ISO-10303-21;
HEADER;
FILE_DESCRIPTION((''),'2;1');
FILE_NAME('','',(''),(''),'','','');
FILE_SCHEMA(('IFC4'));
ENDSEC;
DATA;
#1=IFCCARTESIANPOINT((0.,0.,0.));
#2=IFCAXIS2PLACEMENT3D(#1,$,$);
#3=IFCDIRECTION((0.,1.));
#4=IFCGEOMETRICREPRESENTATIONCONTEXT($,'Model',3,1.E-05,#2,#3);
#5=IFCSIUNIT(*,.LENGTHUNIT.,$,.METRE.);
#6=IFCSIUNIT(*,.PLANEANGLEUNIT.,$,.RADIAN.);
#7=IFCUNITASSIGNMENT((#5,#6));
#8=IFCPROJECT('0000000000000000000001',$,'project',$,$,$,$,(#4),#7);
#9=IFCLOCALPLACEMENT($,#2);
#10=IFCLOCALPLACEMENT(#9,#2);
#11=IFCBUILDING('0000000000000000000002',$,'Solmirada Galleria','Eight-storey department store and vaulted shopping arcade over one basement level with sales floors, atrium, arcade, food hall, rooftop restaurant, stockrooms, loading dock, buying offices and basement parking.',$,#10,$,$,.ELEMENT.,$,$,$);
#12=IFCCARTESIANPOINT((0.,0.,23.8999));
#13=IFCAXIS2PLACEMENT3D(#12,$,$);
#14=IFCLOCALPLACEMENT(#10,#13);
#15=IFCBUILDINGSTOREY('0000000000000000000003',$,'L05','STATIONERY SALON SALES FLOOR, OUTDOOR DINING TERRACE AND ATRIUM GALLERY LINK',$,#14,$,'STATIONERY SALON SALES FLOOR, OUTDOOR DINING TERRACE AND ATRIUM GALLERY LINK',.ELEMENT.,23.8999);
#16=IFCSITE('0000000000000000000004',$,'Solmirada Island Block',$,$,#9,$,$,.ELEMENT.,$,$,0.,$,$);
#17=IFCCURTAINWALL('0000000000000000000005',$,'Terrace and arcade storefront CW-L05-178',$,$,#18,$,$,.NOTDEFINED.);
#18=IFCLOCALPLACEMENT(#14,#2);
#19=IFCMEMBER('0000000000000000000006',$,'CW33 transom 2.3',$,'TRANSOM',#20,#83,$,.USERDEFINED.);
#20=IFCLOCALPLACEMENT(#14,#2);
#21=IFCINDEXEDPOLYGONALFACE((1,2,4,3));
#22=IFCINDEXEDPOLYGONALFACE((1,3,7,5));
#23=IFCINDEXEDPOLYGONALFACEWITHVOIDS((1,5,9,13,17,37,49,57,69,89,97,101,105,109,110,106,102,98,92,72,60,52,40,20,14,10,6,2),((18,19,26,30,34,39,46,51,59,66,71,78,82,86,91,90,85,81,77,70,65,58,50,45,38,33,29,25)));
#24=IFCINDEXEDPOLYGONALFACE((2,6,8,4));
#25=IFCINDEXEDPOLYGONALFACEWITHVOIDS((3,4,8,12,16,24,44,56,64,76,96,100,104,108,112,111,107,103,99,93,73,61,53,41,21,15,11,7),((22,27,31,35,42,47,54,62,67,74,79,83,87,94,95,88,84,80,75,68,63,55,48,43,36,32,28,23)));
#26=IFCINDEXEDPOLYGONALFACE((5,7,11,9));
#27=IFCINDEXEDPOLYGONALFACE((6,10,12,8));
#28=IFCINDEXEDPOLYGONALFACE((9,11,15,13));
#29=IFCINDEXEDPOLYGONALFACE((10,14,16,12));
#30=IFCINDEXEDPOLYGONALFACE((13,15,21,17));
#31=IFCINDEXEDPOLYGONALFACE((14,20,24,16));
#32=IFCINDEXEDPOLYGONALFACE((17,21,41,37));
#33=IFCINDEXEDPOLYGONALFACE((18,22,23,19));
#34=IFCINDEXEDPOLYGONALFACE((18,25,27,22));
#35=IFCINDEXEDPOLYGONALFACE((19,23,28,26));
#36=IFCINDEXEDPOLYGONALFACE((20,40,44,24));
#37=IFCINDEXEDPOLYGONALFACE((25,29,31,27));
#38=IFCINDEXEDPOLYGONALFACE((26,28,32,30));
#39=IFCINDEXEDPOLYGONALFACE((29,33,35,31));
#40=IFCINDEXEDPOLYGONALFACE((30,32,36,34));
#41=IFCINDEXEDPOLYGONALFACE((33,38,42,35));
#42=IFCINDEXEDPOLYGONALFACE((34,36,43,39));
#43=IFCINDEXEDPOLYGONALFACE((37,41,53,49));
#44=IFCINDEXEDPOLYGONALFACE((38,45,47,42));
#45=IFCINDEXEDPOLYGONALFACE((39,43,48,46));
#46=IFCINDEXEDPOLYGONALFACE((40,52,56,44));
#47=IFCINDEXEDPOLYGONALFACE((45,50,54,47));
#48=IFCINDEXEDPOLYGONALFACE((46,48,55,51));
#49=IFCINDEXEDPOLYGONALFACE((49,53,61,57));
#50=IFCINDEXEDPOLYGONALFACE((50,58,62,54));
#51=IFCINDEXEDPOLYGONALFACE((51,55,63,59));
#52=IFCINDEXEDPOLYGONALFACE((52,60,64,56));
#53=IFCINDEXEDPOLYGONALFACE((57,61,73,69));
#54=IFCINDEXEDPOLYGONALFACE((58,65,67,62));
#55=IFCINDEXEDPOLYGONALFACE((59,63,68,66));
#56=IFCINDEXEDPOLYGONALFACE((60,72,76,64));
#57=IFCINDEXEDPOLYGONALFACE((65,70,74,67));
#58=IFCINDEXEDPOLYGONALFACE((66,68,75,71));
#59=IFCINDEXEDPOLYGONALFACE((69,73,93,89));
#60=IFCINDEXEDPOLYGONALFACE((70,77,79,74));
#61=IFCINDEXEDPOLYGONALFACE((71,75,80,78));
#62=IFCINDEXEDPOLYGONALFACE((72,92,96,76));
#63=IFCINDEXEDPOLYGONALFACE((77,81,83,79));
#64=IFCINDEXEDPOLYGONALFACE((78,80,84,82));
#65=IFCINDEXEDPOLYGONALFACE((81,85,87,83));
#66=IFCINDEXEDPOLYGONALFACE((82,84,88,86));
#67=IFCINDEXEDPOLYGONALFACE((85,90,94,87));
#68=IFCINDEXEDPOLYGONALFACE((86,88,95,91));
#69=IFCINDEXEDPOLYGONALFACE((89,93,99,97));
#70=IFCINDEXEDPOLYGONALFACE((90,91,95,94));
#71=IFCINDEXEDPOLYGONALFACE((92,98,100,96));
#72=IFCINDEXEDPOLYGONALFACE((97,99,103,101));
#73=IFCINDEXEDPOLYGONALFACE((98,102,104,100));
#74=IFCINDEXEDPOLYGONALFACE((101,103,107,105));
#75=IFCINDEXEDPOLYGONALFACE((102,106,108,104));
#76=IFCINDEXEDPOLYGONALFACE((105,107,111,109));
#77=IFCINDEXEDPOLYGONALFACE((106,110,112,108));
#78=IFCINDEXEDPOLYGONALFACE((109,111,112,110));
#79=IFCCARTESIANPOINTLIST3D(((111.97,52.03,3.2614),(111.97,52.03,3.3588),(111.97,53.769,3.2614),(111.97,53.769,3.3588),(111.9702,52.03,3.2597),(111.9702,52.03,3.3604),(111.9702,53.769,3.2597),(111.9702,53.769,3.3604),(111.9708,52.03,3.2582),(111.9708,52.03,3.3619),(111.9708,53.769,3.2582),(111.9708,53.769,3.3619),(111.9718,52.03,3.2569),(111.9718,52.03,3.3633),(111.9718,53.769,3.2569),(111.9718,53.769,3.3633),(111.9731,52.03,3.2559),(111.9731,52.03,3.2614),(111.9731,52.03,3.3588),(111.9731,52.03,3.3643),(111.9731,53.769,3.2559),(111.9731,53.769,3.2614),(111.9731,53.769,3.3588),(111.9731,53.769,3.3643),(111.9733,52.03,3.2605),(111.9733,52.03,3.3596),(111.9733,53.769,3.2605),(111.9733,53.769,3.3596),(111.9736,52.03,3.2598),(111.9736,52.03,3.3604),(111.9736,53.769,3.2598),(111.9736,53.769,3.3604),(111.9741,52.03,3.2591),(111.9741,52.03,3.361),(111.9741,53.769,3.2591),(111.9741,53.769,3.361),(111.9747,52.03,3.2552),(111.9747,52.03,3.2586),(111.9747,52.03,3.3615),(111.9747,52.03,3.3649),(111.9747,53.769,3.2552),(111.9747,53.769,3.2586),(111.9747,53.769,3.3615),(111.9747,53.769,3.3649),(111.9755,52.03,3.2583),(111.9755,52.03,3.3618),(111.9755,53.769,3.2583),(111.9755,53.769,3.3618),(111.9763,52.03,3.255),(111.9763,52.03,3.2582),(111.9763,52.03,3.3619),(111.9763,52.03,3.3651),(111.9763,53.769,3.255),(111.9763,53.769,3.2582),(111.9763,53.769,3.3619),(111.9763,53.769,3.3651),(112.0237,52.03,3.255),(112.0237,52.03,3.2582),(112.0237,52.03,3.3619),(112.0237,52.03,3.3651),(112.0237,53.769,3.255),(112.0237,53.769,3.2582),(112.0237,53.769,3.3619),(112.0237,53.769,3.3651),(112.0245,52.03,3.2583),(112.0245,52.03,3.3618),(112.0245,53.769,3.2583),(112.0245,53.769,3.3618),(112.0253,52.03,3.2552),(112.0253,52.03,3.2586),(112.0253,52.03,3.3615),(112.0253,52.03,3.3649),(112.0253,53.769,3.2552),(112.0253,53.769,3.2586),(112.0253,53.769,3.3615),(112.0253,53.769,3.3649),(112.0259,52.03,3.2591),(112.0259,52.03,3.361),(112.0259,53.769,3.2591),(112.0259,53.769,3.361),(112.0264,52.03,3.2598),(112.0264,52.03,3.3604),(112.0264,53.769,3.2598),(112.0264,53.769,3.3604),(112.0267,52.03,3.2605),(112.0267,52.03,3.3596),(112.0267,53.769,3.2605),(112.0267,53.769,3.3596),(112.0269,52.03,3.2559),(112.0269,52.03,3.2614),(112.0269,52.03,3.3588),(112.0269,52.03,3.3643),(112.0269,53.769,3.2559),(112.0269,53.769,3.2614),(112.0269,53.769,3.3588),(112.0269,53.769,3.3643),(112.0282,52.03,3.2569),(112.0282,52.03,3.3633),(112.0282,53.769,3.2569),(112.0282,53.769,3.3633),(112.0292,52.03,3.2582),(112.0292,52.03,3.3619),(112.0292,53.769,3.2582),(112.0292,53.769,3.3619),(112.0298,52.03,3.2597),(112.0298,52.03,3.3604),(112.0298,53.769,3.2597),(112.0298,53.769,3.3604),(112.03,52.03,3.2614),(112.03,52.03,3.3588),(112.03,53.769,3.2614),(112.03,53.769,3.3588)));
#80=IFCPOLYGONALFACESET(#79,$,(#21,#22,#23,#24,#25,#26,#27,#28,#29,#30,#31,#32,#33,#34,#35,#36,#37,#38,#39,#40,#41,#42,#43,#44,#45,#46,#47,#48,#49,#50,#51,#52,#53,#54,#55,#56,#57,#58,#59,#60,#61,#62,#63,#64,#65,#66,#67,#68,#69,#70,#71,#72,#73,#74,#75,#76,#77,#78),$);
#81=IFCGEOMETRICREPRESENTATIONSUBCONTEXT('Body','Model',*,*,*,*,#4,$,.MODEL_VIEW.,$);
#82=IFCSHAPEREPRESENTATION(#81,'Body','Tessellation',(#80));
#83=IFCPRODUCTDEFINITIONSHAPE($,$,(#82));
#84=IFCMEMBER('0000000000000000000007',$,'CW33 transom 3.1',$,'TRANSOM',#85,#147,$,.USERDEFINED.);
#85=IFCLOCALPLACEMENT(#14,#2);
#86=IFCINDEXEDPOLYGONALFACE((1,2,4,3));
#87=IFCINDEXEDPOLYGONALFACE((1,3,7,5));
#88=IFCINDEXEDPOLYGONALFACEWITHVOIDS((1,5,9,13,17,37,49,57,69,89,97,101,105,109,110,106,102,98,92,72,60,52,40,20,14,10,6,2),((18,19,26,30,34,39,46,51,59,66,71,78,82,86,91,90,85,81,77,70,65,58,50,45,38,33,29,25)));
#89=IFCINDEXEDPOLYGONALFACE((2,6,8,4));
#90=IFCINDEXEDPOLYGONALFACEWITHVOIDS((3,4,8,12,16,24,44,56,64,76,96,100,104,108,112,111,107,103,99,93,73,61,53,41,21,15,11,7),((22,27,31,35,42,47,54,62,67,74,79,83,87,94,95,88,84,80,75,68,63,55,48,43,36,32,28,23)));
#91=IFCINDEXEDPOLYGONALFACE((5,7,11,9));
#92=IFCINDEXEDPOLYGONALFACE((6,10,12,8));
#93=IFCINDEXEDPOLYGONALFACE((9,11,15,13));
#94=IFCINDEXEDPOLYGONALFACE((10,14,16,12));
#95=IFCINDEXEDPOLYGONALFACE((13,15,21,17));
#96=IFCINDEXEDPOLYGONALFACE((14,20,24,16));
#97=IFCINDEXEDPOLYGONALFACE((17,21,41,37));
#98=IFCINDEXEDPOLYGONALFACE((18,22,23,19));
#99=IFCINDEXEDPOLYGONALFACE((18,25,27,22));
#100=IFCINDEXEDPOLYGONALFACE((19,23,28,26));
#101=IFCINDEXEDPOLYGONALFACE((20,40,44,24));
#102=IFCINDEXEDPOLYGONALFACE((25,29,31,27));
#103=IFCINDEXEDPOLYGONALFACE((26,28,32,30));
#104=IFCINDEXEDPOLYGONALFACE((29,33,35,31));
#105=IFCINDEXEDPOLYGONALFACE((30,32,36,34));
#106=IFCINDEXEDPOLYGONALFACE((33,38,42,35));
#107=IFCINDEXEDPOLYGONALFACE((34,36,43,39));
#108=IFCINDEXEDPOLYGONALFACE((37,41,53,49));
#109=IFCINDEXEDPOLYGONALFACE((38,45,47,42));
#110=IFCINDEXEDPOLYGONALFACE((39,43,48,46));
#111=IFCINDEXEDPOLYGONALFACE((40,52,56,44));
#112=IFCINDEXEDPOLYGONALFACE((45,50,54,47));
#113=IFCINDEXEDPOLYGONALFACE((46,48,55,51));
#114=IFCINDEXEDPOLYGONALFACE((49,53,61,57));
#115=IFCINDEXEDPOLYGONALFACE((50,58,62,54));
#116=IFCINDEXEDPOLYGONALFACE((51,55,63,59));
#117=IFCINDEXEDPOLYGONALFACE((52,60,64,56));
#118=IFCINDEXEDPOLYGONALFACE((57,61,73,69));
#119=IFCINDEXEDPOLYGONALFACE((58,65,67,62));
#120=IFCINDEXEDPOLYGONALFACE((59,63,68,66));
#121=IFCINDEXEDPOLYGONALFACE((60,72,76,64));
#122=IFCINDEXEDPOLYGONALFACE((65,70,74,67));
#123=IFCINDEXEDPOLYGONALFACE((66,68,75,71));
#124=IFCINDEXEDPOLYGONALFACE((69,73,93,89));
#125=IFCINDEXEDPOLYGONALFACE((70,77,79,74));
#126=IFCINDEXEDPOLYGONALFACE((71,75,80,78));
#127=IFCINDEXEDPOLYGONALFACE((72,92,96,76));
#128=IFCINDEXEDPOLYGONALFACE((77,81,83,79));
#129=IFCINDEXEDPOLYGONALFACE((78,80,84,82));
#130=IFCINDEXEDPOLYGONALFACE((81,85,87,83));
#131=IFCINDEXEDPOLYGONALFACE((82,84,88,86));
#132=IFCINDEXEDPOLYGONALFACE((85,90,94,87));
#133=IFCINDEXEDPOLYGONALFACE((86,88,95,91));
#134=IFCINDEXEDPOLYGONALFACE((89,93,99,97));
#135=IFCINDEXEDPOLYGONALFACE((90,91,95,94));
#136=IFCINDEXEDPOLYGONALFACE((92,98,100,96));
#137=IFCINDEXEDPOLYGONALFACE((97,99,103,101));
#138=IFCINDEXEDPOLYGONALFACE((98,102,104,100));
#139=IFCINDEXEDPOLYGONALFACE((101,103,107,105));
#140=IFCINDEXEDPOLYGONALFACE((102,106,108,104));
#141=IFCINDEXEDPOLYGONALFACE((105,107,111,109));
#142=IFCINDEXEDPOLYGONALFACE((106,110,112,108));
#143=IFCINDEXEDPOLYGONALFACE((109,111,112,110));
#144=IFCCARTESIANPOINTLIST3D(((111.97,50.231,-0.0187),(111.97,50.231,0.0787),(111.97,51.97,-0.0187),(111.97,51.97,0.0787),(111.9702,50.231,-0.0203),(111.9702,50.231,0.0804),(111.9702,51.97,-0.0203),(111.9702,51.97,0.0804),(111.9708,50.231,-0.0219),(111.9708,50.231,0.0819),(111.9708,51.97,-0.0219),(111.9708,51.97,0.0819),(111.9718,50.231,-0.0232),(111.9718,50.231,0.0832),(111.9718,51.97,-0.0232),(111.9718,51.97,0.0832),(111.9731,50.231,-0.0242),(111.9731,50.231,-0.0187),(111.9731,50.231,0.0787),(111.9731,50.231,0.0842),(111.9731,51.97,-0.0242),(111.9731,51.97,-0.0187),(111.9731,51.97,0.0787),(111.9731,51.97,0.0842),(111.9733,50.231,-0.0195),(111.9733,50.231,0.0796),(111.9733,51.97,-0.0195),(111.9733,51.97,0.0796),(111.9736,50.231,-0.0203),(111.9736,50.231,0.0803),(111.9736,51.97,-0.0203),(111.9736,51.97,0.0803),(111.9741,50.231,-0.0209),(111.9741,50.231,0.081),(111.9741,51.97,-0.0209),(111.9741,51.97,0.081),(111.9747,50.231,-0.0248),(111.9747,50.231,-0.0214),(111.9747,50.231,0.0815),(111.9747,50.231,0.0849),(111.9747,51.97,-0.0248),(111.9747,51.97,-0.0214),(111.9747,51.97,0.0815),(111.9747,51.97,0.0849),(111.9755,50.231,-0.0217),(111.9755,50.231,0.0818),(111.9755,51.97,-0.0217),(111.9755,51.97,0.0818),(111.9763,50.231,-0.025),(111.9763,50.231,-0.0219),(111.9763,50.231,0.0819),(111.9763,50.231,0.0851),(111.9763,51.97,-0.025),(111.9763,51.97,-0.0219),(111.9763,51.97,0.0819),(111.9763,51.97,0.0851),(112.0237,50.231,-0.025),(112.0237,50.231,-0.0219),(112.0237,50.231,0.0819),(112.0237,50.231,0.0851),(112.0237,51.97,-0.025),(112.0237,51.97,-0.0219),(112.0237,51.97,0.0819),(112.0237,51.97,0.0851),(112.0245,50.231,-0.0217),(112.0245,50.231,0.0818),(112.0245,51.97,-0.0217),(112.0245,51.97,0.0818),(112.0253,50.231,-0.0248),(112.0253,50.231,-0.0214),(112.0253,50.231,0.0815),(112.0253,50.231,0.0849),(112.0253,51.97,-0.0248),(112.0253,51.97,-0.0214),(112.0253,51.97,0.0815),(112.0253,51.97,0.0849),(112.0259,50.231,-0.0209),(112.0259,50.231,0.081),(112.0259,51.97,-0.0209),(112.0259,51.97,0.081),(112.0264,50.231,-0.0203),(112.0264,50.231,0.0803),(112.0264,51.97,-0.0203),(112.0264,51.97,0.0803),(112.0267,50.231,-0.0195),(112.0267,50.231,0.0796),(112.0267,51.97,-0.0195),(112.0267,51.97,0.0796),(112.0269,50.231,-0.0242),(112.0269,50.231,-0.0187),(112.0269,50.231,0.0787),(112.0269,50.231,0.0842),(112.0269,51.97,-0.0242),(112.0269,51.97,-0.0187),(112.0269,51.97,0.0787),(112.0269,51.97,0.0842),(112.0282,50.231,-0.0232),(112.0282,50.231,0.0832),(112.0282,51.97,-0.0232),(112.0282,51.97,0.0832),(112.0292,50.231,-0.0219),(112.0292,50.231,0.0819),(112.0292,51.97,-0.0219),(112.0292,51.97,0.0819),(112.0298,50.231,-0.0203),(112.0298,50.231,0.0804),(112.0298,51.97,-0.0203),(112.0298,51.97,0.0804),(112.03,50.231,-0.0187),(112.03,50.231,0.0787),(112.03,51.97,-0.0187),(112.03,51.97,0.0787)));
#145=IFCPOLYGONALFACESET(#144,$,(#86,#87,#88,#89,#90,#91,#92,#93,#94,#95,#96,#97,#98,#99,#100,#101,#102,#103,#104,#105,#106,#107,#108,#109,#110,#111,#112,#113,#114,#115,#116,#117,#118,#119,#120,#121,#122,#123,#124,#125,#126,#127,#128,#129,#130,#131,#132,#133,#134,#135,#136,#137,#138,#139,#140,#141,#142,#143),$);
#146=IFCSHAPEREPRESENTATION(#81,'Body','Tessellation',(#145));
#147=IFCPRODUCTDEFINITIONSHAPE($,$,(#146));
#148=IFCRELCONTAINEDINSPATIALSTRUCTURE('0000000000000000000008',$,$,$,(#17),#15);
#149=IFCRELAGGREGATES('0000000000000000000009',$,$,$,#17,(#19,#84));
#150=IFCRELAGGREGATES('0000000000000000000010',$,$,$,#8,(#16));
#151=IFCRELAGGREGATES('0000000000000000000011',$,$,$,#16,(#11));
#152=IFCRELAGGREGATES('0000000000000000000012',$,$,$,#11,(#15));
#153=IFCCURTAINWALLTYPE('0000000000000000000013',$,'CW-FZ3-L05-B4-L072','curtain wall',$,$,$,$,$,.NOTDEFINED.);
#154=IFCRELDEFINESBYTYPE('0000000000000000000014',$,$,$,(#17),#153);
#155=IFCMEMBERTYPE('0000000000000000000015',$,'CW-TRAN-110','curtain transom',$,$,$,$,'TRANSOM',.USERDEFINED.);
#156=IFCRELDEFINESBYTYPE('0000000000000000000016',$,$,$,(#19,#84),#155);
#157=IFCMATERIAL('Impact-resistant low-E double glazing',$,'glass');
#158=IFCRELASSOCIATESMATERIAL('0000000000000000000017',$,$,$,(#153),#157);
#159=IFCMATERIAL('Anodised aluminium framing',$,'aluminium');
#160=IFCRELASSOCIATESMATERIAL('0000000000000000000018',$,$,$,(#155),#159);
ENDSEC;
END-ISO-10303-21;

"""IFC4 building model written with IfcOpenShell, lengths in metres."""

from ifc_helpers import new_model, si_unit, direction, frame, origin, origin_2d, place, context, subcontext, project, spatial, hollow_rectangle, extrude, material, material_profile, profile_set, type_object, element, aggregate, save


model = new_model("IFC4")

# Units and contexts
model_context = context("Model", 3, precision=1e-05, world=origin(), true_north=direction((0.0, 1.0)))
body_context = subcontext(model_context, "Body", "Model", "MODEL_VIEW")
ifc_project = project(units=[si_unit("LENGTHUNIT", "METRE"), si_unit("PLANEANGLEUNIT", "RADIAN")], contexts=[model_context])

# Site, building, storey
site_placement = place(None, origin())
site = spatial("IfcSite", under=ifc_project, at=site_placement, Name="Solmirada Island Block", CompositionType="ELEMENT", RefElevation=0.0)
building_placement = place(site_placement, origin())
building = spatial("IfcBuilding", under=site, at=building_placement, Name="Solmirada Galleria", Description="Eight-storey department store and vaulted shopping arcade over one basement level with sales floors, atrium, arcade, food hall, rooftop restaurant, stockrooms, loading dock, buying offices and basement parking.", CompositionType="ELEMENT")
storey_placement = place(building_placement, frame((0.0, 0.0, 23.8999)))
storey = spatial("IfcBuildingStorey", under=building, at=storey_placement, Name="L05", Description="STATIONERY SALON SALES FLOOR, OUTDOOR DINING TERRACE AND ATRIUM GALLERY LINK", LongName="STATIONERY SALON SALES FLOOR, OUTDOOR DINING TERRACE AND ATRIUM GALLERY LINK", CompositionType="ELEMENT", Elevation=23.8999)

# Curtain wall, members
ifc_material_1 = material(Name="Impact-resistant low-E double glazing", Category="glass")
curtain_wall_type = type_object("IfcCurtainWallType", Name="CW-FZ3-L05-B4-L072", Description="curtain wall", PredefinedType="NOTDEFINED", material=ifc_material_1)
curtain_wall_placement = place(storey_placement, origin())
curtain_wall = element("IfcCurtainWall", 1, at=curtain_wall_placement, inside=storey, type_object=curtain_wall_type, Name="Terrace and arcade storefront CW-L05-178", PredefinedType="NOTDEFINED")
ifc_material_2 = material(Name="Anodised aluminium framing", Category="aluminium")
ifc_material_profile_1 = material_profile(ifc_material_2, hollow_rectangle(XDim=0.0601, YDim=0.1101, WallThickness=0.0032, InnerFilletRadius=0.0032, OuterFilletRadius=0.0063, at=origin_2d()), Name="ALU-TRAN-110X60")
ifc_profile_set_1 = profile_set([ifc_material_profile_1], Name="Anodised aluminium framing")
member_type_1 = type_object("IfcMemberType", Name="CW-TRAN-110", Description="curtain transom", ElementType="TRANSOM", PredefinedType="USERDEFINED", material=ifc_profile_set_1)
member_1_placement = place(storey_placement, frame((112.0, 53.769, 3.3101), z_axis=(0.0, -1.0, 0.0), x_axis=(1.0, 0.0, 0.0)))
member_1 = element("IfcMember", 2, at=member_1_placement, type_object=member_type_1, Name="CW33 transom 2.3", ObjectType="TRANSOM", PredefinedType="USERDEFINED", context=body_context, shape_type="SweptSolid", body=[
    extrude(hollow_rectangle(XDim=0.0601, YDim=0.1101, WallThickness=0.0032, InnerFilletRadius=0.0032, OuterFilletRadius=0.0063, at=origin_2d()), origin(), (0.0, 0.0, 1.0), 1.739),
])
member_2_placement = place(storey_placement, frame((112.0, 51.97, 0.03), z_axis=(0.0, -1.0, 0.0), x_axis=(1.0, 0.0, 0.0)))
member_2 = element("IfcMember", 3, at=member_2_placement, type_object=member_type_1, Name="CW33 transom 3.1", ObjectType="TRANSOM", PredefinedType="USERDEFINED", context=body_context, shape_type="SweptSolid", body=[
    extrude(hollow_rectangle(XDim=0.0601, YDim=0.1101, WallThickness=0.0032, InnerFilletRadius=0.0032, OuterFilletRadius=0.0063, at=origin_2d()), origin(), (0.0, 0.0, 1.0), 1.739),
])
aggregate(curtain_wall, [member_1, member_2])

save(model, "model.ifc")
